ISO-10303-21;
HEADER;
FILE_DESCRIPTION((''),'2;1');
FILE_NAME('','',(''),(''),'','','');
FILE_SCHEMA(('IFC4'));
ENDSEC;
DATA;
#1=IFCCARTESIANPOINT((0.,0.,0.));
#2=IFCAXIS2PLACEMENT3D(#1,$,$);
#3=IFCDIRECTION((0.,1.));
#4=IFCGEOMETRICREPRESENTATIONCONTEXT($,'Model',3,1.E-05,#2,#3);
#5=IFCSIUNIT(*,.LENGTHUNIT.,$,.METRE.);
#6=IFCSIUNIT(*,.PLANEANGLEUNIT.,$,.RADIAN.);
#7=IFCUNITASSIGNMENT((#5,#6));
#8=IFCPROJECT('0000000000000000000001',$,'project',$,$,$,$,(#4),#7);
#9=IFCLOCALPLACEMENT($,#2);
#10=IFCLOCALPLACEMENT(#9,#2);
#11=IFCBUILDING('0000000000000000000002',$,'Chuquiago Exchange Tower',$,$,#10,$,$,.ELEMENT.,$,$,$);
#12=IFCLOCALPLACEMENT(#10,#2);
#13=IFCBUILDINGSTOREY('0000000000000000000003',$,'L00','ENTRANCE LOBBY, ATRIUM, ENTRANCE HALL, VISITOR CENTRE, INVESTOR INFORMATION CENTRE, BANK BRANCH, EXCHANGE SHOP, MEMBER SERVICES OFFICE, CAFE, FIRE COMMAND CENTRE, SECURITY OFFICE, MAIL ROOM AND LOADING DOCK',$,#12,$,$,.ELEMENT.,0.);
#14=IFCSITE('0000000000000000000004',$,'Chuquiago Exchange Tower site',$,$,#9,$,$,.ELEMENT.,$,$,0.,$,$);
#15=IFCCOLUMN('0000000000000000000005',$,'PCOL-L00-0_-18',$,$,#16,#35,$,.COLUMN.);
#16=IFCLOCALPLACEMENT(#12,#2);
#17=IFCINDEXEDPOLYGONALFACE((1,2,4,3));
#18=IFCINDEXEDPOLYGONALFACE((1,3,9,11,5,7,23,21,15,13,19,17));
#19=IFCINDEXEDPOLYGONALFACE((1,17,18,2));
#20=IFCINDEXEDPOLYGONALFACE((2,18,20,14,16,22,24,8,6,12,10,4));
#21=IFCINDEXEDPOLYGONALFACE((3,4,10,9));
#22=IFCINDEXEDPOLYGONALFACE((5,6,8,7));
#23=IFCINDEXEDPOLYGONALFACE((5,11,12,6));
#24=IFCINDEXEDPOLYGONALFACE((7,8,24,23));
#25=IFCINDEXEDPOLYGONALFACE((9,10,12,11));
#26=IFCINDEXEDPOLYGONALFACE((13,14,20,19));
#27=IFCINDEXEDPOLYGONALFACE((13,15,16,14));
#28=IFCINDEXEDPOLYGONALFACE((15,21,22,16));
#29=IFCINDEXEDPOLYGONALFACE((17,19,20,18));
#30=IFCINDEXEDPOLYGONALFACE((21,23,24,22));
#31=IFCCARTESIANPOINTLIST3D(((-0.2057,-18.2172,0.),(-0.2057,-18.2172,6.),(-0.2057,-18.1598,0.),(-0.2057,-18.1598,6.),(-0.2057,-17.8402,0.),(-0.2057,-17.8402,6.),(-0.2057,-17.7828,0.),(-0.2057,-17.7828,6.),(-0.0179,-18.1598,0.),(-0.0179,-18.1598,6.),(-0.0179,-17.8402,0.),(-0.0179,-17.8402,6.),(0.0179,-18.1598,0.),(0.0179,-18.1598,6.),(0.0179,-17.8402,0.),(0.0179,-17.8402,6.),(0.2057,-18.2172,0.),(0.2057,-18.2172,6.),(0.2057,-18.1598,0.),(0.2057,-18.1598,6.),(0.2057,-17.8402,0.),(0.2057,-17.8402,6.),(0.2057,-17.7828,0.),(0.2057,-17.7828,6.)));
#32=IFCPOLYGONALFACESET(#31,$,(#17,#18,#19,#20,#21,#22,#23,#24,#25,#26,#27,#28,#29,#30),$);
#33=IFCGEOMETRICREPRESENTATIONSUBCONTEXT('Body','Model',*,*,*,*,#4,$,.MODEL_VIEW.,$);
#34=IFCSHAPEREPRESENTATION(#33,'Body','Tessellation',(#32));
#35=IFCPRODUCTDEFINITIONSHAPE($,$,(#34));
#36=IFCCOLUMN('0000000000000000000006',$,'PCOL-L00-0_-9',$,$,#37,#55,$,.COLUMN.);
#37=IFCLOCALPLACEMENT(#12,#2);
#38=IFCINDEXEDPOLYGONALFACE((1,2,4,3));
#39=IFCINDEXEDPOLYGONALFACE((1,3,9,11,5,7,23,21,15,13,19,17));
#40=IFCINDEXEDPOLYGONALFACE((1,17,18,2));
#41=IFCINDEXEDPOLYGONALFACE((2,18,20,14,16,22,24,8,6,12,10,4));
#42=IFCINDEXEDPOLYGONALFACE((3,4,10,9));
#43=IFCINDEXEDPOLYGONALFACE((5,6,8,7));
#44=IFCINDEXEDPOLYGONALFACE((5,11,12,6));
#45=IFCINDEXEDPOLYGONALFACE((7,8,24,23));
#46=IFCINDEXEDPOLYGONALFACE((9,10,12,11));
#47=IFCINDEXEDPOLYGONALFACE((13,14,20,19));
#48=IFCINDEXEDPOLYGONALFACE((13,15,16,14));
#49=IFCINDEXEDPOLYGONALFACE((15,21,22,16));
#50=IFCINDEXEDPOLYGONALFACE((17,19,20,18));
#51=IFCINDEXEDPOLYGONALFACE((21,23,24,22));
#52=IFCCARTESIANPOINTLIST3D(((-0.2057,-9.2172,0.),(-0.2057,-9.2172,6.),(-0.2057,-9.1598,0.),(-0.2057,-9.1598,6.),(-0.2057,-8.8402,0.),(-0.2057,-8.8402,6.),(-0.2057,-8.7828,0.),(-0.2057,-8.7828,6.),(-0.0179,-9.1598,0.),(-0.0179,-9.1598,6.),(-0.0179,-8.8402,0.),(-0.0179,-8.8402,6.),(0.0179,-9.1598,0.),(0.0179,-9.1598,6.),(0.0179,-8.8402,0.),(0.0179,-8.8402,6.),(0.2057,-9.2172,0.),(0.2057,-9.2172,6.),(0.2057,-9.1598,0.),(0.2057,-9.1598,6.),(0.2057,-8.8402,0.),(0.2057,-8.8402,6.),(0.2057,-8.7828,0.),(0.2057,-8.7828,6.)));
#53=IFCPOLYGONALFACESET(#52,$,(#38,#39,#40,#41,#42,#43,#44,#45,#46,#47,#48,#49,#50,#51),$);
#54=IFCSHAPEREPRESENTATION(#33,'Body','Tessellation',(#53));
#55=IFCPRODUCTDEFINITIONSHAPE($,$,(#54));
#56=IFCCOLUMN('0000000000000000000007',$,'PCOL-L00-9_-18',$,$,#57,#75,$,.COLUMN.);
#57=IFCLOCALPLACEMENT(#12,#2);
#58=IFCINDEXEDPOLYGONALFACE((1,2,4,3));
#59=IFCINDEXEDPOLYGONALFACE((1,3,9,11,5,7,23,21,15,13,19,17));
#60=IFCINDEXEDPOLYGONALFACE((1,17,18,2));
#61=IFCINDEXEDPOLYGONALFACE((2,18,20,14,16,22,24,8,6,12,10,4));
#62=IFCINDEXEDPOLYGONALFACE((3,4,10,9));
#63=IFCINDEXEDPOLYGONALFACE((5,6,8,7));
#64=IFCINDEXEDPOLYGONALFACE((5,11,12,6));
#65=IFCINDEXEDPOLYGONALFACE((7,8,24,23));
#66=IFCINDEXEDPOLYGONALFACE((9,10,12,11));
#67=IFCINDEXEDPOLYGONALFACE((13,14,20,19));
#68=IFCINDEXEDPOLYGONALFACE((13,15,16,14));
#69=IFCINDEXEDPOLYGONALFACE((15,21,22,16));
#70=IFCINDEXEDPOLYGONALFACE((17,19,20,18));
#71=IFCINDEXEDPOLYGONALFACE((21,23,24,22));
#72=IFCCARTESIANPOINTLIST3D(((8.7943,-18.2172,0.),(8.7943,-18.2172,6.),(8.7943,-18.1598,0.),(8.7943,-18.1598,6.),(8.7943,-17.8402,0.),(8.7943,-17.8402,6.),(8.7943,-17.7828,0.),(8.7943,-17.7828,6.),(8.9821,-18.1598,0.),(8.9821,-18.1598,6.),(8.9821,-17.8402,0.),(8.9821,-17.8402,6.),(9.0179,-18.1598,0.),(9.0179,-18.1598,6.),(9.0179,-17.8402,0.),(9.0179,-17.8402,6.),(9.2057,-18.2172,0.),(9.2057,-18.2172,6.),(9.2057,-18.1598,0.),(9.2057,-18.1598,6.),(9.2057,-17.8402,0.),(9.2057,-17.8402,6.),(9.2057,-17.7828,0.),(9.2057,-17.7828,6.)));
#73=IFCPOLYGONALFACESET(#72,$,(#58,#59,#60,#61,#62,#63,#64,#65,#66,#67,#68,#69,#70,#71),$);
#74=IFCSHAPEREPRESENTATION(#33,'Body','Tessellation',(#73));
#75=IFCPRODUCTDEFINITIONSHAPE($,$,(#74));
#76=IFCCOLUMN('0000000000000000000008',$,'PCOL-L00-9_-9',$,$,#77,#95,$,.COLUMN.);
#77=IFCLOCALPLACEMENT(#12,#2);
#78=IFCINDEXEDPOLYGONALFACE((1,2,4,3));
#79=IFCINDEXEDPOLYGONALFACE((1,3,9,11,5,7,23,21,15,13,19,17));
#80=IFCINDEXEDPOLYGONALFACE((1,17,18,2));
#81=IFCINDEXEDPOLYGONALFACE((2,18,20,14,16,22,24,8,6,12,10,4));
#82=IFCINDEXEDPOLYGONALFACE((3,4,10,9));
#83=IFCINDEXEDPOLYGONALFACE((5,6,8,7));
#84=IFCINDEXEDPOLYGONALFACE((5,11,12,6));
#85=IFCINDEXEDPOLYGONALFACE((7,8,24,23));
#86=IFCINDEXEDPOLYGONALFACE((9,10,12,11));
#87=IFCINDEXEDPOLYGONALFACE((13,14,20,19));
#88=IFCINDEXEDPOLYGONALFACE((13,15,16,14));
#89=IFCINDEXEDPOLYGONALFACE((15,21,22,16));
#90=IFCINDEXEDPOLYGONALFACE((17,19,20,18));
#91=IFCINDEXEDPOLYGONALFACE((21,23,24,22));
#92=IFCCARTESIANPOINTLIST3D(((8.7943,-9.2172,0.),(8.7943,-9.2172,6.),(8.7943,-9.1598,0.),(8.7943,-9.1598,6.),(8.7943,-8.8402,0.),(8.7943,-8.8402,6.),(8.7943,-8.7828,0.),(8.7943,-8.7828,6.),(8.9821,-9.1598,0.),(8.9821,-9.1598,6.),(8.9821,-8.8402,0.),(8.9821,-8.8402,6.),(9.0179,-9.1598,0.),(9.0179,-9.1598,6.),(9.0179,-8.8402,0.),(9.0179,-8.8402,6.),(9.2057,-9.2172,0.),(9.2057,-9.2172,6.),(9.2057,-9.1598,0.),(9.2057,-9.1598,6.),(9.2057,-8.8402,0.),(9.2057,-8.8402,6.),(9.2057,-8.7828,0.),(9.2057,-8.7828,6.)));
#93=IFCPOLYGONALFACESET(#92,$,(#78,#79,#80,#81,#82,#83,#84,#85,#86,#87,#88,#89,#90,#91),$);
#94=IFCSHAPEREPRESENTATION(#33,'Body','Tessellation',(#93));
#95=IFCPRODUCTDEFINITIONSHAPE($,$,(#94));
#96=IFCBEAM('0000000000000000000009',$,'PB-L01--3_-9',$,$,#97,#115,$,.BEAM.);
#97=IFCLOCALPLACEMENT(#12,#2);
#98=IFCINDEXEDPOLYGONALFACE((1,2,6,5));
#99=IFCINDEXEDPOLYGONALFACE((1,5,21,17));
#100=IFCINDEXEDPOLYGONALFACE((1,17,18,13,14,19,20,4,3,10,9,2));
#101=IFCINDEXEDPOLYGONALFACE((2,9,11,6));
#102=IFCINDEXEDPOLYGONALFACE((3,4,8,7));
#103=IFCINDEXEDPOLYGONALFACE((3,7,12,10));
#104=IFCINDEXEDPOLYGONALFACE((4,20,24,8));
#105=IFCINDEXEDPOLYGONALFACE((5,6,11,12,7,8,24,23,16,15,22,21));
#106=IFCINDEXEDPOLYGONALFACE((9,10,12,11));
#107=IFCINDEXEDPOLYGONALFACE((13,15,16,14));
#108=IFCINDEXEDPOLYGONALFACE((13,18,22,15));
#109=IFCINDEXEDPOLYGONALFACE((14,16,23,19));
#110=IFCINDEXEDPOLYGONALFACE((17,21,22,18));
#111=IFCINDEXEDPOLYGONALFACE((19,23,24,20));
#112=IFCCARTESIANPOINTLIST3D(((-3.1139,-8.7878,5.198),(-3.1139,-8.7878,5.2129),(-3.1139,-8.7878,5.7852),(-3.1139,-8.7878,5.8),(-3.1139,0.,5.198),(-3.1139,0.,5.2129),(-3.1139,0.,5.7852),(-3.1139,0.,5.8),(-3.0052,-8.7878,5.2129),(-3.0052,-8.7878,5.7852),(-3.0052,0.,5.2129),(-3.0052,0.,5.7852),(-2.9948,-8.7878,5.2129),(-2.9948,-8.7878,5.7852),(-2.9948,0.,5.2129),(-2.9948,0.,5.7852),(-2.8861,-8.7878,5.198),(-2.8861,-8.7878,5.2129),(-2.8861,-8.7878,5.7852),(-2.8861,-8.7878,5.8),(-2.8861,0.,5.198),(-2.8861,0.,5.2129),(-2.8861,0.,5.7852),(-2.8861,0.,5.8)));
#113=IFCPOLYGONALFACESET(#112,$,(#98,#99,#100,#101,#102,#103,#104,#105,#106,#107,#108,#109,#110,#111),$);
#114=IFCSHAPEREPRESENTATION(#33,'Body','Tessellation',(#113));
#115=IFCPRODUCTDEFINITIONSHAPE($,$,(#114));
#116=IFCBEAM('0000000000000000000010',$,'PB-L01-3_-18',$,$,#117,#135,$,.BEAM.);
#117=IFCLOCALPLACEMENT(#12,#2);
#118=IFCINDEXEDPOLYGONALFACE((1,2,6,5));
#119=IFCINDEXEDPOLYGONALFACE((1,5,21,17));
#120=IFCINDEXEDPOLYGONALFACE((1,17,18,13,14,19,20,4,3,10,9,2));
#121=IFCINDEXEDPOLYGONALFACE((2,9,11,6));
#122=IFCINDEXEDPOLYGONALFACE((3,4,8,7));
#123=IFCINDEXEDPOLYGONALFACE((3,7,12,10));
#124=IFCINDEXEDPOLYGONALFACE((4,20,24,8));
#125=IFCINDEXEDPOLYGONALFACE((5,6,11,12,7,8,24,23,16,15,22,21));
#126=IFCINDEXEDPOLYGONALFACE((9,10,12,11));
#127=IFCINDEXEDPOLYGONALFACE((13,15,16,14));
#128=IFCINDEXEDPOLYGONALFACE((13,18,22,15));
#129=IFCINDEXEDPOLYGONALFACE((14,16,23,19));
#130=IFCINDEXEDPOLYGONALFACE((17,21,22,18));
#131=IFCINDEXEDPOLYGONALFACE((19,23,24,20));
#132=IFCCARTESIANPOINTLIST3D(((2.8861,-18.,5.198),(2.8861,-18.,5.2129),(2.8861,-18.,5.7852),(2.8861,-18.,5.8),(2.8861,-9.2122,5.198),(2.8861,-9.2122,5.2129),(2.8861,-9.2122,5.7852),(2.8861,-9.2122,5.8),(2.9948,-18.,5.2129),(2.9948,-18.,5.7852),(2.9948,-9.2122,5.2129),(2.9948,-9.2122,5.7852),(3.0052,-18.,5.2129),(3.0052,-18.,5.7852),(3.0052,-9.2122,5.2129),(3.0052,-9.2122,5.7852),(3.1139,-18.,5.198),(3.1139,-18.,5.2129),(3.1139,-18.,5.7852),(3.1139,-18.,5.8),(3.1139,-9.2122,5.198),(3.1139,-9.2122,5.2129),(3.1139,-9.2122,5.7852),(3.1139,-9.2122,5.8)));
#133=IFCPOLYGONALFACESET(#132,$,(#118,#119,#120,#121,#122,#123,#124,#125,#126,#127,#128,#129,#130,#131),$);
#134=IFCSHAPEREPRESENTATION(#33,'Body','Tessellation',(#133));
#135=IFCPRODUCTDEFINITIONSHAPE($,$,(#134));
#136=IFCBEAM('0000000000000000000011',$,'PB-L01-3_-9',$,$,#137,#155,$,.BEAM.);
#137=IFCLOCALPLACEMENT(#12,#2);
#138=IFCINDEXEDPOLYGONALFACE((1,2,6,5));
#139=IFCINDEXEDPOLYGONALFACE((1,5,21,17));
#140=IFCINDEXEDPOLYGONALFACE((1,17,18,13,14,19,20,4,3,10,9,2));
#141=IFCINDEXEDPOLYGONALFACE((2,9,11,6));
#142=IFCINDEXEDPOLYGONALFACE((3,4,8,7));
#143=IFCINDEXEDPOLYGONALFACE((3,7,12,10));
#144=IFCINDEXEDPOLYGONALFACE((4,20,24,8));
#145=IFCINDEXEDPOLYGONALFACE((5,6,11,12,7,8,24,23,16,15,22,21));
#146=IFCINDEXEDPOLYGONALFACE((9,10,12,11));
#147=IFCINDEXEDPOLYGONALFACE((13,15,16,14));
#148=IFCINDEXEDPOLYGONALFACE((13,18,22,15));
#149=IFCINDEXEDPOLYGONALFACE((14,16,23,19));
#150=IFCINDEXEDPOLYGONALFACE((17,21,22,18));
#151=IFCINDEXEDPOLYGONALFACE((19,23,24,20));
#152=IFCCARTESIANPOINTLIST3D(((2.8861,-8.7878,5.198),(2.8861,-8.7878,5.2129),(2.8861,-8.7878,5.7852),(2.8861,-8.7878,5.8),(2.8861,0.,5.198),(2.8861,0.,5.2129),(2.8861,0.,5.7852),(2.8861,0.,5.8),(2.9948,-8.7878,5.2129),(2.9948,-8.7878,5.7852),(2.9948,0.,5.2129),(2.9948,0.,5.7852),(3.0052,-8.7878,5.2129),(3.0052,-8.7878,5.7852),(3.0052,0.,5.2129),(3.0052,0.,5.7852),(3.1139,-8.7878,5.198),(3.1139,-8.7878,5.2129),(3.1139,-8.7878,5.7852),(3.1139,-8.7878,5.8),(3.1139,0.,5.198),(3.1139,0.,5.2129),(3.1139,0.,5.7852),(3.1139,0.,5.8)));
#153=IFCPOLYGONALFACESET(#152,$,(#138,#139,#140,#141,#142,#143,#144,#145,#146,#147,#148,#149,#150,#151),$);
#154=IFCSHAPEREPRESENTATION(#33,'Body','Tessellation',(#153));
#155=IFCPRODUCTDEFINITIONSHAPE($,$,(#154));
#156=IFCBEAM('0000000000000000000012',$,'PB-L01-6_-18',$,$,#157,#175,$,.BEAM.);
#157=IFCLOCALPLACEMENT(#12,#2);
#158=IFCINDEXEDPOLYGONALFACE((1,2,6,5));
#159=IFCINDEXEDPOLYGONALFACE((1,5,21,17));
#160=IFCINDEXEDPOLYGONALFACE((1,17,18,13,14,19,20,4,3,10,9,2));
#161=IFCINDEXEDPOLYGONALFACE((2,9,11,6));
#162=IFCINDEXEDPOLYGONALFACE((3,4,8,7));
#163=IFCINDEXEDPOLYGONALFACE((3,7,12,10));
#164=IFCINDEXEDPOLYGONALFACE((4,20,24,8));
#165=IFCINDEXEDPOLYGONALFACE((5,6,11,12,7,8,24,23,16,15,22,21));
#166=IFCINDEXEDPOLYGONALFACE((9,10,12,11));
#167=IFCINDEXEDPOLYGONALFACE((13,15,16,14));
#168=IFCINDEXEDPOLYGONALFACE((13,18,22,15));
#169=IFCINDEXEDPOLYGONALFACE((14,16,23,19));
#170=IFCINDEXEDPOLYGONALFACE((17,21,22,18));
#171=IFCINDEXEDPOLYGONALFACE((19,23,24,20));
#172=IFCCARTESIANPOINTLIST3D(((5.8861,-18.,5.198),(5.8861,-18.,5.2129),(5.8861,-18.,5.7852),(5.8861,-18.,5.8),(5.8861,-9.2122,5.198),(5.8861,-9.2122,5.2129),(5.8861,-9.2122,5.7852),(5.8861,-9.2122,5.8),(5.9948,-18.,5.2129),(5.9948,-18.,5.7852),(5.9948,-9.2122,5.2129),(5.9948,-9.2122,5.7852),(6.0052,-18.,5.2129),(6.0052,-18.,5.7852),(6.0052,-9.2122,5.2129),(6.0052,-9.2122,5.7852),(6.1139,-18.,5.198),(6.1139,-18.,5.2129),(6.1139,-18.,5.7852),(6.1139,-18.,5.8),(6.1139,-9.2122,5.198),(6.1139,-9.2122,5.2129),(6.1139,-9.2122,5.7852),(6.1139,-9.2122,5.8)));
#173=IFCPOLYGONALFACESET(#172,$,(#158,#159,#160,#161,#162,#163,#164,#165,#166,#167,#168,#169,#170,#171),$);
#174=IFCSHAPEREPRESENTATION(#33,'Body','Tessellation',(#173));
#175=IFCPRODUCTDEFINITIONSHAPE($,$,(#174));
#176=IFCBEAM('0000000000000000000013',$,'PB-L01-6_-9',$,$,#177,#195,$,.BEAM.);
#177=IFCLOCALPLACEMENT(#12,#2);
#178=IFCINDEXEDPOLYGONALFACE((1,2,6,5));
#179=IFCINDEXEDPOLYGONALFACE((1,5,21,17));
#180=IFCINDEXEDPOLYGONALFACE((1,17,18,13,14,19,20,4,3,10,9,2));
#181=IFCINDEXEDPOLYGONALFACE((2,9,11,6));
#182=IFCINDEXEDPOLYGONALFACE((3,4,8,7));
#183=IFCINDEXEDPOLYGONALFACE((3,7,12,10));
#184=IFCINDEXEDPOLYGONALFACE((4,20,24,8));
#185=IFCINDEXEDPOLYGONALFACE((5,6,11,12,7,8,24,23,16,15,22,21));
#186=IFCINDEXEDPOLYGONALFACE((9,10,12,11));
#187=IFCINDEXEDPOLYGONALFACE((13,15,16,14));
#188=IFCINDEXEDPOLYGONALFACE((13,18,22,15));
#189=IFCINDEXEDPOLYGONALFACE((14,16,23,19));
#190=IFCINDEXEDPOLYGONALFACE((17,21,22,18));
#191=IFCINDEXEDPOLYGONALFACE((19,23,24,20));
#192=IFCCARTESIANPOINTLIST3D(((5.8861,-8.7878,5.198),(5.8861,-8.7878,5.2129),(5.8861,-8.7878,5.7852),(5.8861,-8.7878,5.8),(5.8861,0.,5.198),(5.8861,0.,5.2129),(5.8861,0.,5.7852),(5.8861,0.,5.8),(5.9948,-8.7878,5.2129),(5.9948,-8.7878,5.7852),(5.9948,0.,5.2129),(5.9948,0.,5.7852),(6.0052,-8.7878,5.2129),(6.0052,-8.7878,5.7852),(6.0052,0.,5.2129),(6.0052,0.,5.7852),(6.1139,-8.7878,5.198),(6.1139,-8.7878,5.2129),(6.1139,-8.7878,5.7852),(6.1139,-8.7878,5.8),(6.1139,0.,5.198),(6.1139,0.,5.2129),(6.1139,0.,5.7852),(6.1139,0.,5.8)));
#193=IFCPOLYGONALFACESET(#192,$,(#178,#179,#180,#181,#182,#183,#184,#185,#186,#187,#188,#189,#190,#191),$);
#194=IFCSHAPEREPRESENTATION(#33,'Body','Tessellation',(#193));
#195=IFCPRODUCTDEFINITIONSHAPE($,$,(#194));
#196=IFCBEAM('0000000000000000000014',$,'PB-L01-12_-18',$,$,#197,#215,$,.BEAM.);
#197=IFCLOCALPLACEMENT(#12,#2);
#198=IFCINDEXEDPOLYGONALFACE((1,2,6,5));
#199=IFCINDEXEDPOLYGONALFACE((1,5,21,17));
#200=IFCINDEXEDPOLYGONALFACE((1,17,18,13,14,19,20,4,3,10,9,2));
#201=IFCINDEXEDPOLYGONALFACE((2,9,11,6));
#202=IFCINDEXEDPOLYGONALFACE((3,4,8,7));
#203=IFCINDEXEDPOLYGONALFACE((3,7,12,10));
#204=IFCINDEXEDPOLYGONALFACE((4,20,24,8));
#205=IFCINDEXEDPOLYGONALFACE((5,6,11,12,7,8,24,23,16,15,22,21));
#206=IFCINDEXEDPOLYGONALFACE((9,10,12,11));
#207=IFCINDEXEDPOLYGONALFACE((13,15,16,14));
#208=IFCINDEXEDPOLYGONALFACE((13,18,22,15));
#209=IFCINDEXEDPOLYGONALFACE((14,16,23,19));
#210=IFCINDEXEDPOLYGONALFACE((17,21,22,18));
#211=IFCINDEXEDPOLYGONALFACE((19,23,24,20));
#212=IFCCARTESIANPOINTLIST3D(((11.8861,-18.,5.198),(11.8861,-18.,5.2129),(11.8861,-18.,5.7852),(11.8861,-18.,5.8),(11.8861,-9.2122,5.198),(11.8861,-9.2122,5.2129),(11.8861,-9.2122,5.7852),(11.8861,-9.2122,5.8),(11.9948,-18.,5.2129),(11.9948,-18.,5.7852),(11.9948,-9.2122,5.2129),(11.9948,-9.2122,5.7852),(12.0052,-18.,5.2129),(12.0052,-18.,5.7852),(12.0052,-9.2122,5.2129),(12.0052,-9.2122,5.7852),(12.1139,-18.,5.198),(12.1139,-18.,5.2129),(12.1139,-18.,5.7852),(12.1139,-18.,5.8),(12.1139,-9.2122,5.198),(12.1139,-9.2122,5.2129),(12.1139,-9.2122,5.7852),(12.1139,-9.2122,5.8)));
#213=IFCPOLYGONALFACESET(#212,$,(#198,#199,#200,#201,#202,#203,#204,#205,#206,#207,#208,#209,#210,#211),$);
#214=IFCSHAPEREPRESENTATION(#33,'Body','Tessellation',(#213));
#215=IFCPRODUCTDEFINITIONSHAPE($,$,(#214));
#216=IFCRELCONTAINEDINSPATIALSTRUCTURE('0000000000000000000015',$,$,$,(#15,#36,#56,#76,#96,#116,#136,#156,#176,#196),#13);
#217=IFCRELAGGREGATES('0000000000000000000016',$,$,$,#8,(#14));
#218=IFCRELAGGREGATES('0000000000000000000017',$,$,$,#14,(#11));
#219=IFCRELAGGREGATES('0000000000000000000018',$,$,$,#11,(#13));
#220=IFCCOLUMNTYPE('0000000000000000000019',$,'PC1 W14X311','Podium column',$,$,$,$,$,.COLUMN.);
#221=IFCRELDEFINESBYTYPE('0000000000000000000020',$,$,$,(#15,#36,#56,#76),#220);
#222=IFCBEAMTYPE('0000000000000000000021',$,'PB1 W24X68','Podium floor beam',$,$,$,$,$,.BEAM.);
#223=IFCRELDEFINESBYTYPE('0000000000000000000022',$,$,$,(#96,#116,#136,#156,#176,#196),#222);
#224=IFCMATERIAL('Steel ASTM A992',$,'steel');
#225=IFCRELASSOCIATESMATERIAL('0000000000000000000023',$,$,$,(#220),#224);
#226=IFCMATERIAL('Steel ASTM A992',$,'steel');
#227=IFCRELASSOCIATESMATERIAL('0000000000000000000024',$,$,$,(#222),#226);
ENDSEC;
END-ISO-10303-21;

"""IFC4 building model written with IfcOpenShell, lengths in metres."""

from ifc_helpers import new_model, si_unit, direction, frame, origin, origin_2d, place, context, subcontext, project, spatial, i_section, extrude, material, material_profile, profile_set, type_object, element, save


model = new_model("IFC4")

# Units and contexts
model_context = context("Model", 3, precision=1e-05, world=origin(), true_north=direction((0.0, 1.0)))
body_context = subcontext(model_context, "Body", "Model", "MODEL_VIEW")
ifc_project = project(units=[si_unit("LENGTHUNIT", "METRE"), si_unit("PLANEANGLEUNIT", "RADIAN")], contexts=[model_context])

# Site, building, storey
site_placement = place(None, origin())
site = spatial("IfcSite", under=ifc_project, at=site_placement, Name="Chuquiago Exchange Tower site", CompositionType="ELEMENT", RefElevation=0.0)
building_placement = place(site_placement, origin())
building = spatial("IfcBuilding", under=site, at=building_placement, Name="Chuquiago Exchange Tower", CompositionType="ELEMENT")
storey_placement = place(building_placement, origin())
storey = spatial("IfcBuildingStorey", under=building, at=storey_placement, Name="L00", Description="ENTRANCE LOBBY, ATRIUM, ENTRANCE HALL, VISITOR CENTRE, INVESTOR INFORMATION CENTRE, BANK BRANCH, EXCHANGE SHOP, MEMBER SERVICES OFFICE, CAFE, FIRE COMMAND CENTRE, SECURITY OFFICE, MAIL ROOM AND LOADING DOCK", CompositionType="ELEMENT", Elevation=0.0)

# Columns
ifc_material_1 = material(Name="Steel ASTM A992", Category="steel")
ifc_material_profile_1 = material_profile(ifc_material_1, i_section(OverallWidth=0.4114, OverallDepth=0.4343, WebThickness=0.0359, FlangeThickness=0.0574, at=origin_2d()), Name="W14X311")
ifc_profile_set_1 = profile_set([ifc_material_profile_1], Name="Steel ASTM A992")
column_type = type_object("IfcColumnType", Name="PC1 W14X311", Description="Podium column", PredefinedType="COLUMN", material=ifc_profile_set_1)
for number, where, z_axis, x_axis, name in (
    (1, (0.0, -18.0, 0.0), (0.0, 0.0, 1.0), (1.0, 0.0, 0.0), "PCOL-L00-0_-18"),
    (2, (0.0, -9.0, 0.0), (0.0, 0.0, 1.0), (1.0, 0.0, 0.0), "PCOL-L00-0_-9"),
    (3, (9.0, -18.0, 0.0), (0.0, 0.0, 1.0), (1.0, 0.0, 0.0), "PCOL-L00-9_-18"),
    (4, (9.0, -9.0, 0.0), (0.0, 0.0, 1.0), (1.0, 0.0, 0.0), "PCOL-L00-9_-9"),
):
    element("IfcColumn", number, at=place(storey_placement, frame(where, z_axis=z_axis, x_axis=x_axis)), inside=storey, type_object=column_type, Name=name, PredefinedType="COLUMN", context=body_context, shape_type="SweptSolid", body=[
        extrude(i_section(OverallWidth=0.4114, OverallDepth=0.4343, WebThickness=0.0359, FlangeThickness=0.0574, at=origin_2d()), origin(), (0.0, 0.0, 1.0), 6.0),
    ])

# Beams
ifc_material_2 = material(Name="Steel ASTM A992", Category="steel")
ifc_material_profile_2 = material_profile(ifc_material_2, i_section(OverallWidth=0.2278, OverallDepth=0.6021, WebThickness=0.0105, FlangeThickness=0.0149, at=origin_2d()), Name="W24X68")
ifc_profile_set_2 = profile_set([ifc_material_profile_2], Name="Steel ASTM A992")
beam_type_1 = type_object("IfcBeamType", Name="PB1 W24X68", Description="Podium floor beam", PredefinedType="BEAM", material=ifc_profile_set_2)
for number, where, z_axis, x_axis, name in (
    (5, (-3.0, -8.7878, 5.499), (0.0, 1.0, 0.0), (-1.0, 0.0, 0.0), "PB-L01--3_-9"),
    (6, (3.0, -18.0, 5.499), (0.0, 1.0, 0.0), (-1.0, 0.0, 0.0), "PB-L01-3_-18"),
    (7, (3.0, -8.7878, 5.499), (0.0, 1.0, 0.0), (-1.0, 0.0, 0.0), "PB-L01-3_-9"),
    (8, (6.0, -18.0, 5.499), (0.0, 1.0, 0.0), (-1.0, 0.0, 0.0), "PB-L01-6_-18"),
    (9, (6.0, -8.7878, 5.499), (0.0, 1.0, 0.0), (-1.0, 0.0, 0.0), "PB-L01-6_-9"),
    (10, (12.0, -18.0, 5.499), (0.0, 1.0, 0.0), (-1.0, 0.0, 0.0), "PB-L01-12_-18"),
):
    element("IfcBeam", number, at=place(storey_placement, frame(where, z_axis=z_axis, x_axis=x_axis)), inside=storey, type_object=beam_type_1, Name=name, PredefinedType="BEAM", context=body_context, shape_type="SweptSolid", body=[
        extrude(i_section(OverallWidth=0.2278, OverallDepth=0.6021, WebThickness=0.0105, FlangeThickness=0.0149, at=origin_2d()), origin(), (0.0, 0.0, 1.0), 8.7878),
    ])

save(model, "model.ifc")
